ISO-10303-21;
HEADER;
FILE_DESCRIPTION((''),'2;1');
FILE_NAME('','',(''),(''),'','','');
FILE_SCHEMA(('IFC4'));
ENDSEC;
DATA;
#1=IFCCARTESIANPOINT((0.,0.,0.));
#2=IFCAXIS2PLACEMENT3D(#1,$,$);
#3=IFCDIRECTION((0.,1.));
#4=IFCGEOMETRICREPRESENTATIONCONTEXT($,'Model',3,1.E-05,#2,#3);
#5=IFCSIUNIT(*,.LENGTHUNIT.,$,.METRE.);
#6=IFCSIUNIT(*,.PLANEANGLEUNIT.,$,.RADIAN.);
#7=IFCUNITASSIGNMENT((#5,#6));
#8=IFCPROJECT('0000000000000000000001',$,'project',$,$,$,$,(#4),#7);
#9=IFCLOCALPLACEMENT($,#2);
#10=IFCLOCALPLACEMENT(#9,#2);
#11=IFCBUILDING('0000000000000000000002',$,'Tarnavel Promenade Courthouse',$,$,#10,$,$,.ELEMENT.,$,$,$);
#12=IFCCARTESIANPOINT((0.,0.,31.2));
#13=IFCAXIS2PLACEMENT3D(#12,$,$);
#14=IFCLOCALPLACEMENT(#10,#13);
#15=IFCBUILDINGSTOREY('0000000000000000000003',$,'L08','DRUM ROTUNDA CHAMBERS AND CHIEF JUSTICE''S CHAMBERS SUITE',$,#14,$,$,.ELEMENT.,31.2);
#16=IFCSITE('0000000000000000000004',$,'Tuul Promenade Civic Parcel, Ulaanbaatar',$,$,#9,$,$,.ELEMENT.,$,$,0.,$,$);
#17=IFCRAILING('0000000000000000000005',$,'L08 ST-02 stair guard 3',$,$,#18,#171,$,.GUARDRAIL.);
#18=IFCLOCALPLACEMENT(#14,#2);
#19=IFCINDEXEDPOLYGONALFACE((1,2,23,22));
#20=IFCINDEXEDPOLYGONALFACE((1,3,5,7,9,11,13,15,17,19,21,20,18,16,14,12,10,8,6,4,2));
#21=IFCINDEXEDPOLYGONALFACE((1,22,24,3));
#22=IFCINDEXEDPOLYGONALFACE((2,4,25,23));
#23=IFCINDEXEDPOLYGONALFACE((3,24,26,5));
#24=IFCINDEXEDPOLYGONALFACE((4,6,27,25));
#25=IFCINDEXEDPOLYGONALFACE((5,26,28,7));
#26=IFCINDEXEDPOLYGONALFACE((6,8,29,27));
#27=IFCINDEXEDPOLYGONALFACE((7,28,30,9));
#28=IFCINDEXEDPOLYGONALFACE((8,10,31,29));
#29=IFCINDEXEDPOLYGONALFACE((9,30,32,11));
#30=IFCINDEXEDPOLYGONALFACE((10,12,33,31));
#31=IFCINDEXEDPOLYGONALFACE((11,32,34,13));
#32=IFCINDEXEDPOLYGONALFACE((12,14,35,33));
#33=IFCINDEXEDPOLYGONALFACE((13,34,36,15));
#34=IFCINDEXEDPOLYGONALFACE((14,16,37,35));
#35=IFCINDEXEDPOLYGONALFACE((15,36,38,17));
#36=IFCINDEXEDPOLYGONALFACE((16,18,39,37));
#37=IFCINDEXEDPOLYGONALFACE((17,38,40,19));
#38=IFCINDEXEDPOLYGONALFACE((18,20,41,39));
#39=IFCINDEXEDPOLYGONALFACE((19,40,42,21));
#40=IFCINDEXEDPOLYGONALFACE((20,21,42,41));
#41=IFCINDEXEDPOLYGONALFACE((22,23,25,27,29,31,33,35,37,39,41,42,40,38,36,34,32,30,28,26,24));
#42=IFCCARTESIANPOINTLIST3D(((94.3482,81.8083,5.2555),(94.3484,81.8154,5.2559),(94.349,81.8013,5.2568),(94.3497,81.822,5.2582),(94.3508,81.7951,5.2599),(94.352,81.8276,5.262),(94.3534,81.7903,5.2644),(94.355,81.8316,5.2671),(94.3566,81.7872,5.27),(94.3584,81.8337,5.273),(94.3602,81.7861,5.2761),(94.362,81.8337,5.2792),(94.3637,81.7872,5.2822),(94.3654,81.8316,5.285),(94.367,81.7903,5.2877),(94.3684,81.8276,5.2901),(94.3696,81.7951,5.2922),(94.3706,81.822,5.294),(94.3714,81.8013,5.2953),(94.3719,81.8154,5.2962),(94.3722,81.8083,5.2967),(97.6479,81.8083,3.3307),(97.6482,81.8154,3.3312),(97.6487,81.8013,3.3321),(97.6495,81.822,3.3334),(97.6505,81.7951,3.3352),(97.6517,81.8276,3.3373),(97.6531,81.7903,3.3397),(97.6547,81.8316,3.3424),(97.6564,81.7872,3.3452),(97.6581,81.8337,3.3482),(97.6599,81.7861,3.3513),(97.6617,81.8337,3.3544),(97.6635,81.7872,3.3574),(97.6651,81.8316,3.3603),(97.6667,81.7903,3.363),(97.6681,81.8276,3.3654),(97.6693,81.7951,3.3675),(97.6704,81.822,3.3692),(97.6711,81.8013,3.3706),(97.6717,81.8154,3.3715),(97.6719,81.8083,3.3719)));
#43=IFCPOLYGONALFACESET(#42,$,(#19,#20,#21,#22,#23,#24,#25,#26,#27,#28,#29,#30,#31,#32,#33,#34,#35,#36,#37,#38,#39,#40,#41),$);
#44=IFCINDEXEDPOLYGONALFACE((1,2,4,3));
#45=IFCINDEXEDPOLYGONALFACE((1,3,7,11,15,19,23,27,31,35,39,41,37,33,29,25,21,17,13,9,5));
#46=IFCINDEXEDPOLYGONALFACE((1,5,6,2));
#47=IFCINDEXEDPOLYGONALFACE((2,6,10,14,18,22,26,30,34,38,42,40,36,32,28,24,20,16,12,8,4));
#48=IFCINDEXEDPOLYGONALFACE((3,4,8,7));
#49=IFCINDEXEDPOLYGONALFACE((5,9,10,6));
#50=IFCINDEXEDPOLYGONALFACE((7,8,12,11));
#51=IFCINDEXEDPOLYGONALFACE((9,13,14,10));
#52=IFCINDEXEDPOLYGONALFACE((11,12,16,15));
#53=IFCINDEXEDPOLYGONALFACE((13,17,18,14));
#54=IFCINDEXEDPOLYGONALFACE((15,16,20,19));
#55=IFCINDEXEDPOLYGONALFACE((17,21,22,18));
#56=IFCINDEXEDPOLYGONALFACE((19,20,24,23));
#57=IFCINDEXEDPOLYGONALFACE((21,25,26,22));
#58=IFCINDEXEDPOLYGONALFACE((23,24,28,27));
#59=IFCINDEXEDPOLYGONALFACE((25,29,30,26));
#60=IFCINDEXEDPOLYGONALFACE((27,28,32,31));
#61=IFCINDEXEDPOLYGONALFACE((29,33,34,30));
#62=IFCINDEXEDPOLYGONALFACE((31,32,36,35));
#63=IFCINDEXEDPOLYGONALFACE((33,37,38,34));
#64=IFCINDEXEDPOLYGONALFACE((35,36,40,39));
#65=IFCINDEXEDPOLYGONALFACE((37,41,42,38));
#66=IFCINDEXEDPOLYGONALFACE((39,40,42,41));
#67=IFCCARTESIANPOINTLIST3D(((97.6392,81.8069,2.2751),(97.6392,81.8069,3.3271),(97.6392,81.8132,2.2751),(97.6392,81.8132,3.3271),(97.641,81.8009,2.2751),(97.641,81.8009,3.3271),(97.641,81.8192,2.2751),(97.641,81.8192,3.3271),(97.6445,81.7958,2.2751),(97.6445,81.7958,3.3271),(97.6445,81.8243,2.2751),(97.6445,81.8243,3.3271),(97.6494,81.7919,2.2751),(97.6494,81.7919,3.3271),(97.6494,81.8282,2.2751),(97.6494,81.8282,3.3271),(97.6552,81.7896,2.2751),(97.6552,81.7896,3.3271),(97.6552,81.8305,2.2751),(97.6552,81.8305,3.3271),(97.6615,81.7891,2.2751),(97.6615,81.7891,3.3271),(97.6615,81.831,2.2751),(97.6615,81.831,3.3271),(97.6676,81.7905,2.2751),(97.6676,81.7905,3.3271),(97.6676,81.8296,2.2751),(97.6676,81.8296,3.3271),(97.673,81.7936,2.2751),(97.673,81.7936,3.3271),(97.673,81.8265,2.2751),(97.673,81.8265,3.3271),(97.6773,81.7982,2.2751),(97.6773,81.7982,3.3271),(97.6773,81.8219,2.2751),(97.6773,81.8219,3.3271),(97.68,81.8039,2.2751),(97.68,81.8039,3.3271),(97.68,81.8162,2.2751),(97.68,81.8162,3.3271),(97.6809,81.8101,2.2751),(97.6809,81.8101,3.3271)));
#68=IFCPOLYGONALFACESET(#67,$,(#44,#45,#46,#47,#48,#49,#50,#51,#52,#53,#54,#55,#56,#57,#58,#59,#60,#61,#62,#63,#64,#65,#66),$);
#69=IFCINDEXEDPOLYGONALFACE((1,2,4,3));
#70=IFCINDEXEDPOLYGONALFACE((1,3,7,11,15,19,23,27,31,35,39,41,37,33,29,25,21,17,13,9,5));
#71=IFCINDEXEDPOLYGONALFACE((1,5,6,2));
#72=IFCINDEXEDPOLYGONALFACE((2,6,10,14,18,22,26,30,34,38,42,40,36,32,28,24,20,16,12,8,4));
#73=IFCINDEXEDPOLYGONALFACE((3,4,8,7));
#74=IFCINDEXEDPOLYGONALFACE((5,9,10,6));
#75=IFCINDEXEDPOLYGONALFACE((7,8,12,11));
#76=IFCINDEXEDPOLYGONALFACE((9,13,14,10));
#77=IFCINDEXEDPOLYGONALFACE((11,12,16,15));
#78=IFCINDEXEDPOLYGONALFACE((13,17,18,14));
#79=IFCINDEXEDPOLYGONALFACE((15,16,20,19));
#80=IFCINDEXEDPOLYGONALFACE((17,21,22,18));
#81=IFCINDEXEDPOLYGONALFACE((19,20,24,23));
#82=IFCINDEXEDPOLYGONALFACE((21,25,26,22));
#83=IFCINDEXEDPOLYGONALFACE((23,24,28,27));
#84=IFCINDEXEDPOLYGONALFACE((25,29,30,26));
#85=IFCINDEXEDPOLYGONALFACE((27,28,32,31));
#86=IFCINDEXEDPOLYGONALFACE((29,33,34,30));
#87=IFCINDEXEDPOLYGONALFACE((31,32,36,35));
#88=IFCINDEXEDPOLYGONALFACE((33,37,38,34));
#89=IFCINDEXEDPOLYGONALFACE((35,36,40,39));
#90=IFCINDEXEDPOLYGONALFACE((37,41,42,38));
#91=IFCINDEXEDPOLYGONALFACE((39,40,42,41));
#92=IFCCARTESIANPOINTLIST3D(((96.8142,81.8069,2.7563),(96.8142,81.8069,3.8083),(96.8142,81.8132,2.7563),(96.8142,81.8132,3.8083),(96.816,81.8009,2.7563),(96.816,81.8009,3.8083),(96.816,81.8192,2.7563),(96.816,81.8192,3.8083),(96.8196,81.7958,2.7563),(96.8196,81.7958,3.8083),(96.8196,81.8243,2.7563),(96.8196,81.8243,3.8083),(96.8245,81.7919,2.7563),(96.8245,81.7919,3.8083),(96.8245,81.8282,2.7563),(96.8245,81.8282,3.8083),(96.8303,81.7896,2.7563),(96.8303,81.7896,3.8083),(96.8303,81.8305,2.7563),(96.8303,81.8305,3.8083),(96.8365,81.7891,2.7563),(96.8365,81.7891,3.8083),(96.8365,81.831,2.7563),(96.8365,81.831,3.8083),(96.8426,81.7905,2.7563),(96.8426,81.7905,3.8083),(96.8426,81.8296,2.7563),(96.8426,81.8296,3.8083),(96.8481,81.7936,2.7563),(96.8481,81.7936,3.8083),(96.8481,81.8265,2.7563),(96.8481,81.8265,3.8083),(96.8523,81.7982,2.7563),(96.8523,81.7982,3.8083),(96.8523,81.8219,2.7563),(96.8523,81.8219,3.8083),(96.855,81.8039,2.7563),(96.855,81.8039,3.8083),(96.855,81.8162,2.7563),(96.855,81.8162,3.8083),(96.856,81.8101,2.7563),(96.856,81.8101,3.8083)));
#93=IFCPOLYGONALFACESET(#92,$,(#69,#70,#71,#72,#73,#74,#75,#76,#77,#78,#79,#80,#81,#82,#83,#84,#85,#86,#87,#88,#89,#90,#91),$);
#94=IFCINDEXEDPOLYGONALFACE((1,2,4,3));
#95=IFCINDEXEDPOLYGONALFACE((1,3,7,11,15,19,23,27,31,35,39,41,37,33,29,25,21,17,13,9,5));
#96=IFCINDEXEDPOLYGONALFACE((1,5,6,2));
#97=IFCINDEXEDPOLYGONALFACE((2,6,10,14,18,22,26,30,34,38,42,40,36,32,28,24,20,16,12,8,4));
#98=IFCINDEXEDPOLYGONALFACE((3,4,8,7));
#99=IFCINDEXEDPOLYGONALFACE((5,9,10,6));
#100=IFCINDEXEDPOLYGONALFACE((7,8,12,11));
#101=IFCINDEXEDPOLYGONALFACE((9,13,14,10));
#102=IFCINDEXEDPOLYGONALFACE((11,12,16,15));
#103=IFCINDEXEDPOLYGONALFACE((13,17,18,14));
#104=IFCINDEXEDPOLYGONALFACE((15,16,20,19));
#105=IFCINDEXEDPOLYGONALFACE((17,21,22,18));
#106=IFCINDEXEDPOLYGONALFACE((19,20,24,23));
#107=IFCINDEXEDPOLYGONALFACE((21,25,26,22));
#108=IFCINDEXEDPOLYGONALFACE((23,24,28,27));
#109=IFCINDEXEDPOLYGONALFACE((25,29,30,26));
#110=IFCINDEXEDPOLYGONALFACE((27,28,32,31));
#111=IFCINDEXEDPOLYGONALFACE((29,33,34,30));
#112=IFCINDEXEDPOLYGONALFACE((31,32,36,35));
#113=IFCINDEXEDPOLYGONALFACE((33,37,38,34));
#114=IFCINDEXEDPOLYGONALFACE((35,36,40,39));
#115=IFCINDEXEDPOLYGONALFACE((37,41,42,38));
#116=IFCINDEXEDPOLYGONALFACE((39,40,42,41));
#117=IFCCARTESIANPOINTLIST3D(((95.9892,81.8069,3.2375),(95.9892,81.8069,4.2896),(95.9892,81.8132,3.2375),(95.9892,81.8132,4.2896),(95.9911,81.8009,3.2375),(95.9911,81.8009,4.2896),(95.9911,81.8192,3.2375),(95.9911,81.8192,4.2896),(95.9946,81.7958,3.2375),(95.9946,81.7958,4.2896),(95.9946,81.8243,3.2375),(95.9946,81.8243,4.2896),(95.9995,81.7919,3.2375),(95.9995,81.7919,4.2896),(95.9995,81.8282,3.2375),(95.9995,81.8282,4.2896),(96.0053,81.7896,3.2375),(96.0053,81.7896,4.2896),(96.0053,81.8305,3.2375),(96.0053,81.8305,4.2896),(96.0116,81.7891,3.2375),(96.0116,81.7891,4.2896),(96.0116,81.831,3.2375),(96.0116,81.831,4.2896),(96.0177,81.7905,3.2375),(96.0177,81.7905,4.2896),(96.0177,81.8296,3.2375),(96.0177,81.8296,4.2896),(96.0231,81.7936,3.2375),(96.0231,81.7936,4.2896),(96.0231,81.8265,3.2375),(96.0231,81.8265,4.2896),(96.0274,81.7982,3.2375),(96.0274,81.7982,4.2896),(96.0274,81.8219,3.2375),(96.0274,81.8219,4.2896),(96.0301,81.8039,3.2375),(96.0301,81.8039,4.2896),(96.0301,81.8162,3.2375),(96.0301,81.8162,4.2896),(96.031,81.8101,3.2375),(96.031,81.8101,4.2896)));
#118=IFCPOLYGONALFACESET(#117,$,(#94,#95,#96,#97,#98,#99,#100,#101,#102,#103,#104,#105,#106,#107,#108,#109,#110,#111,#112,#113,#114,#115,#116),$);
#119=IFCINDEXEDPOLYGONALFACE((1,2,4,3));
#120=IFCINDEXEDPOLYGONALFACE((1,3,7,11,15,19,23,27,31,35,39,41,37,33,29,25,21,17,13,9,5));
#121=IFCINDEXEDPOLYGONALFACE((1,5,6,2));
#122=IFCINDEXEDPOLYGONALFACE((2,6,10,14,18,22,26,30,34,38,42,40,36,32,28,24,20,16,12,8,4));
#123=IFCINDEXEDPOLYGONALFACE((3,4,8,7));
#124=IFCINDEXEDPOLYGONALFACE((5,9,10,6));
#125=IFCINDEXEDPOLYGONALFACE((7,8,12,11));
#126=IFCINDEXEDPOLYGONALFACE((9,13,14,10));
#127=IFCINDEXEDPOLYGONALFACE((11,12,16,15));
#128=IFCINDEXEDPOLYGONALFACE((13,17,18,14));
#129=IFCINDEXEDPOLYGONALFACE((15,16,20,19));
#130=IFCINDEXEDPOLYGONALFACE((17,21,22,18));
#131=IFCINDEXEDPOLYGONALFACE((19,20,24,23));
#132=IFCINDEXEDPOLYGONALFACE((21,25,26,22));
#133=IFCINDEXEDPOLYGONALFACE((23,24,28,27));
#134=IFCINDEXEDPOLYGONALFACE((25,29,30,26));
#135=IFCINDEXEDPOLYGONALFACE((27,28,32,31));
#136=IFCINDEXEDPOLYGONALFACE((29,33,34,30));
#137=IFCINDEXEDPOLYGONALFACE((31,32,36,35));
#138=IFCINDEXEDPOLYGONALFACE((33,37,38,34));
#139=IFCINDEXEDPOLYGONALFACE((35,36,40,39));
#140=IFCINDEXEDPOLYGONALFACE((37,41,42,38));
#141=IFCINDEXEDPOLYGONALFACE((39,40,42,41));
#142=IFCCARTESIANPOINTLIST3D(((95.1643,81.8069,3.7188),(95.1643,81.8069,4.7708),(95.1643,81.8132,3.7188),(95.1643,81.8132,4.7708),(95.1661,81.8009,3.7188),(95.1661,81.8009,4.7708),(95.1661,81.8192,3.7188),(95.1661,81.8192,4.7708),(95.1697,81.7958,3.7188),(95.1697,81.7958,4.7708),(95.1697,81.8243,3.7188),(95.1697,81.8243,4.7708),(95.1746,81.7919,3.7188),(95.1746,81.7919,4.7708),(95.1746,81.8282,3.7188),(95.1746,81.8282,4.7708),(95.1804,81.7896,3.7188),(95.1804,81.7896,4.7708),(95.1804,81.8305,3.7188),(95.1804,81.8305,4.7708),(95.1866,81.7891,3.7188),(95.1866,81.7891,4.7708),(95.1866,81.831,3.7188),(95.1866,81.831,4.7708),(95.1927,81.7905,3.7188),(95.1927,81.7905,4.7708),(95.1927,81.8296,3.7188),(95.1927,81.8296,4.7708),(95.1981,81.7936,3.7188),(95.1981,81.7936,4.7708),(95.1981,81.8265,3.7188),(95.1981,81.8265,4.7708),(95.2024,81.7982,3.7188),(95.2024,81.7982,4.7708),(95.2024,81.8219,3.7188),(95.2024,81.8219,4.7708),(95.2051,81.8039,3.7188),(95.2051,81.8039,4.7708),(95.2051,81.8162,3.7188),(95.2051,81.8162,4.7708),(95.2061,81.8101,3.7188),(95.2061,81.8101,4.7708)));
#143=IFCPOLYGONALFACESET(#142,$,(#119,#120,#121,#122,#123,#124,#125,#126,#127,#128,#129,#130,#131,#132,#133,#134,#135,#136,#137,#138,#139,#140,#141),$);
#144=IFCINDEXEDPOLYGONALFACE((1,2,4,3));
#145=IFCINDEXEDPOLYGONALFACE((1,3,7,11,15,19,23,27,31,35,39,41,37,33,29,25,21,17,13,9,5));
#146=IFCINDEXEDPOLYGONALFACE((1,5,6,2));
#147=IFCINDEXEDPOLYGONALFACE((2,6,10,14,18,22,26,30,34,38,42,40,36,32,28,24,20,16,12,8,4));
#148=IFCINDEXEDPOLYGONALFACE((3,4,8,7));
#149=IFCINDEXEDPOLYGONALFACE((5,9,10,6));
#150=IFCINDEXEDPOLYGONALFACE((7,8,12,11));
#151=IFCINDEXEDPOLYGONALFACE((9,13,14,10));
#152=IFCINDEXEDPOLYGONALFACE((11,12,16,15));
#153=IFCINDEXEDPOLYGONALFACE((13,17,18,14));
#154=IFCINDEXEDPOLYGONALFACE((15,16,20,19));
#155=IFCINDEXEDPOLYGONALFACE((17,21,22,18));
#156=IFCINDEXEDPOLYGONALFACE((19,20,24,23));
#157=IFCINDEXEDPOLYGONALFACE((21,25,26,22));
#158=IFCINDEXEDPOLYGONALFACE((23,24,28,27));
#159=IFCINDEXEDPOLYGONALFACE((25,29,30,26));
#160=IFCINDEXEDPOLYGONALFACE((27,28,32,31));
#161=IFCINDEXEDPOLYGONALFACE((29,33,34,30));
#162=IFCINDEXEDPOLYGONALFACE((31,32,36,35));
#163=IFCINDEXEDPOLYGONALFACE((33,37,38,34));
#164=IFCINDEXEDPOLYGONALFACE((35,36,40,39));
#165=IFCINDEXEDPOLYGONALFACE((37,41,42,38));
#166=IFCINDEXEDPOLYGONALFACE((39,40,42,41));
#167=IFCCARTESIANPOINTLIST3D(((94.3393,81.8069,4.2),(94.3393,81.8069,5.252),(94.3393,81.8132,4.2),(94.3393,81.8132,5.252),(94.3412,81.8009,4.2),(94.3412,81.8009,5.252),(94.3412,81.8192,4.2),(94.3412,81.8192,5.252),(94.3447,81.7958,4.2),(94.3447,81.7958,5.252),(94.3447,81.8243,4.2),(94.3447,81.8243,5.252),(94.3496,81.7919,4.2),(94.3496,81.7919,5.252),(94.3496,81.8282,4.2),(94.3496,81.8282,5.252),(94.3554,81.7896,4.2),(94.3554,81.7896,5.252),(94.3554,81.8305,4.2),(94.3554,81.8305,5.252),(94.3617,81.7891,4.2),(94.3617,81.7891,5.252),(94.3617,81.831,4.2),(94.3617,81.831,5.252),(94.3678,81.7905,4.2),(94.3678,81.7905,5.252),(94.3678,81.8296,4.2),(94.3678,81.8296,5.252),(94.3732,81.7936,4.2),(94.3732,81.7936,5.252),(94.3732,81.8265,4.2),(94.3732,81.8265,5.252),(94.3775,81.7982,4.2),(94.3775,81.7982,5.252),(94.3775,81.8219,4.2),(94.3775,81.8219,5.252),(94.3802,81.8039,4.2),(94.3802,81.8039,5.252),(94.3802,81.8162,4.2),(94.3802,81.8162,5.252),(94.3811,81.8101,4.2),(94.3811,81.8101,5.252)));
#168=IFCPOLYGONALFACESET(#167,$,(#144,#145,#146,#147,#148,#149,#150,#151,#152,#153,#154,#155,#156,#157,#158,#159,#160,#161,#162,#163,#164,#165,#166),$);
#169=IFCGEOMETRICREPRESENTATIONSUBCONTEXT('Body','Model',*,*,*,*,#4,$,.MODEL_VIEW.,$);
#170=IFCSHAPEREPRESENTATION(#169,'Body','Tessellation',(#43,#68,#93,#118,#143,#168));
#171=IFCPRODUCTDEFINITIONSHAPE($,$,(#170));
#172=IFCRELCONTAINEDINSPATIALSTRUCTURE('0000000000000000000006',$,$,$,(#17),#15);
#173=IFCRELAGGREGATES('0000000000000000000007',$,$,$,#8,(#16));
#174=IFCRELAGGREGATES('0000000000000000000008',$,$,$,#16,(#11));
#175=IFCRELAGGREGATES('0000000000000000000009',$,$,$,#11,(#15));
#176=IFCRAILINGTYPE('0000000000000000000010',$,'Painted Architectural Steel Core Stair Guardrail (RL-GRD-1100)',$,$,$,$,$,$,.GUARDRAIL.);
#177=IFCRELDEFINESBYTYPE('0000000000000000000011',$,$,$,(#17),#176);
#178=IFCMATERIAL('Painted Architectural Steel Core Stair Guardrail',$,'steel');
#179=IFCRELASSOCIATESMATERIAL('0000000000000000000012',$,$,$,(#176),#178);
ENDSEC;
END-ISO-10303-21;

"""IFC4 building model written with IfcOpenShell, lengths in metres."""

from ifc_helpers import new_model, si_unit, direction, frame, origin, origin_2d, place, context, subcontext, project, spatial, circle, extrude, material, type_object, element, save


model = new_model("IFC4")

# Units and contexts
model_context = context("Model", 3, precision=1e-05, world=origin(), true_north=direction((0.0, 1.0)))
body_context = subcontext(model_context, "Body", "Model", "MODEL_VIEW")
ifc_project = project(units=[si_unit("LENGTHUNIT", "METRE"), si_unit("PLANEANGLEUNIT", "RADIAN")], contexts=[model_context])

# Site, building, storey
site_placement = place(None, origin())
site = spatial("IfcSite", under=ifc_project, at=site_placement, Name="Tuul Promenade Civic Parcel, Ulaanbaatar", CompositionType="ELEMENT", RefElevation=0.0)
building_placement = place(site_placement, origin())
building = spatial("IfcBuilding", under=site, at=building_placement, Name="Tarnavel Promenade Courthouse", CompositionType="ELEMENT")
storey_placement = place(building_placement, frame((0.0, 0.0, 31.2)))
storey = spatial("IfcBuildingStorey", under=building, at=storey_placement, Name="L08", Description="DRUM ROTUNDA CHAMBERS AND CHIEF JUSTICE'S CHAMBERS SUITE", CompositionType="ELEMENT", Elevation=31.2)

# Railing
ifc_material_1 = material(Name="Painted Architectural Steel Core Stair Guardrail", Category="steel")
railing_type_1 = type_object("IfcRailingType", Name="Painted Architectural Steel Core Stair Guardrail (RL-GRD-1100)", PredefinedType="GUARDRAIL", material=ifc_material_1)
railing_1_placement = place(storey_placement, frame((97.6599, 81.8101, 2.2751)))
element("IfcRailing", 1, at=railing_1_placement, inside=storey, type_object=railing_type_1, Name="L08 ST-02 stair guard 3", PredefinedType="GUARDRAIL", context=body_context, shape_type="SweptSolid", body=[
    extrude(circle(Radius=0.0239, at=origin_2d()), frame((0.0, 0.0, 1.0762), z_axis=(-0.863788, 0.0, 0.503855), x_axis=(0.0, -1.0, 0.0)), (0.0, 0.0, 1.0), 3.8201),
    extrude(circle(Radius=0.021, at=origin_2d()), origin(), (0.0, 0.0, 1.0), 1.052),
    extrude(circle(Radius=0.021, at=origin_2d()), frame((-0.825, 0.0, 0.4812)), (0.0, 0.0, 1.0), 1.052),
    extrude(circle(Radius=0.021, at=origin_2d()), frame((-1.6499, 0.0, 0.9624)), (0.0, 0.0, 1.0), 1.052),
    extrude(circle(Radius=0.021, at=origin_2d()), frame((-2.4749, 0.0, 1.4436)), (0.0, 0.0, 1.0), 1.052),
    extrude(circle(Radius=0.021, at=origin_2d()), frame((-3.2998, 0.0, 1.9248)), (0.0, 0.0, 1.0), 1.052),
])

save(model, "model.ifc")
